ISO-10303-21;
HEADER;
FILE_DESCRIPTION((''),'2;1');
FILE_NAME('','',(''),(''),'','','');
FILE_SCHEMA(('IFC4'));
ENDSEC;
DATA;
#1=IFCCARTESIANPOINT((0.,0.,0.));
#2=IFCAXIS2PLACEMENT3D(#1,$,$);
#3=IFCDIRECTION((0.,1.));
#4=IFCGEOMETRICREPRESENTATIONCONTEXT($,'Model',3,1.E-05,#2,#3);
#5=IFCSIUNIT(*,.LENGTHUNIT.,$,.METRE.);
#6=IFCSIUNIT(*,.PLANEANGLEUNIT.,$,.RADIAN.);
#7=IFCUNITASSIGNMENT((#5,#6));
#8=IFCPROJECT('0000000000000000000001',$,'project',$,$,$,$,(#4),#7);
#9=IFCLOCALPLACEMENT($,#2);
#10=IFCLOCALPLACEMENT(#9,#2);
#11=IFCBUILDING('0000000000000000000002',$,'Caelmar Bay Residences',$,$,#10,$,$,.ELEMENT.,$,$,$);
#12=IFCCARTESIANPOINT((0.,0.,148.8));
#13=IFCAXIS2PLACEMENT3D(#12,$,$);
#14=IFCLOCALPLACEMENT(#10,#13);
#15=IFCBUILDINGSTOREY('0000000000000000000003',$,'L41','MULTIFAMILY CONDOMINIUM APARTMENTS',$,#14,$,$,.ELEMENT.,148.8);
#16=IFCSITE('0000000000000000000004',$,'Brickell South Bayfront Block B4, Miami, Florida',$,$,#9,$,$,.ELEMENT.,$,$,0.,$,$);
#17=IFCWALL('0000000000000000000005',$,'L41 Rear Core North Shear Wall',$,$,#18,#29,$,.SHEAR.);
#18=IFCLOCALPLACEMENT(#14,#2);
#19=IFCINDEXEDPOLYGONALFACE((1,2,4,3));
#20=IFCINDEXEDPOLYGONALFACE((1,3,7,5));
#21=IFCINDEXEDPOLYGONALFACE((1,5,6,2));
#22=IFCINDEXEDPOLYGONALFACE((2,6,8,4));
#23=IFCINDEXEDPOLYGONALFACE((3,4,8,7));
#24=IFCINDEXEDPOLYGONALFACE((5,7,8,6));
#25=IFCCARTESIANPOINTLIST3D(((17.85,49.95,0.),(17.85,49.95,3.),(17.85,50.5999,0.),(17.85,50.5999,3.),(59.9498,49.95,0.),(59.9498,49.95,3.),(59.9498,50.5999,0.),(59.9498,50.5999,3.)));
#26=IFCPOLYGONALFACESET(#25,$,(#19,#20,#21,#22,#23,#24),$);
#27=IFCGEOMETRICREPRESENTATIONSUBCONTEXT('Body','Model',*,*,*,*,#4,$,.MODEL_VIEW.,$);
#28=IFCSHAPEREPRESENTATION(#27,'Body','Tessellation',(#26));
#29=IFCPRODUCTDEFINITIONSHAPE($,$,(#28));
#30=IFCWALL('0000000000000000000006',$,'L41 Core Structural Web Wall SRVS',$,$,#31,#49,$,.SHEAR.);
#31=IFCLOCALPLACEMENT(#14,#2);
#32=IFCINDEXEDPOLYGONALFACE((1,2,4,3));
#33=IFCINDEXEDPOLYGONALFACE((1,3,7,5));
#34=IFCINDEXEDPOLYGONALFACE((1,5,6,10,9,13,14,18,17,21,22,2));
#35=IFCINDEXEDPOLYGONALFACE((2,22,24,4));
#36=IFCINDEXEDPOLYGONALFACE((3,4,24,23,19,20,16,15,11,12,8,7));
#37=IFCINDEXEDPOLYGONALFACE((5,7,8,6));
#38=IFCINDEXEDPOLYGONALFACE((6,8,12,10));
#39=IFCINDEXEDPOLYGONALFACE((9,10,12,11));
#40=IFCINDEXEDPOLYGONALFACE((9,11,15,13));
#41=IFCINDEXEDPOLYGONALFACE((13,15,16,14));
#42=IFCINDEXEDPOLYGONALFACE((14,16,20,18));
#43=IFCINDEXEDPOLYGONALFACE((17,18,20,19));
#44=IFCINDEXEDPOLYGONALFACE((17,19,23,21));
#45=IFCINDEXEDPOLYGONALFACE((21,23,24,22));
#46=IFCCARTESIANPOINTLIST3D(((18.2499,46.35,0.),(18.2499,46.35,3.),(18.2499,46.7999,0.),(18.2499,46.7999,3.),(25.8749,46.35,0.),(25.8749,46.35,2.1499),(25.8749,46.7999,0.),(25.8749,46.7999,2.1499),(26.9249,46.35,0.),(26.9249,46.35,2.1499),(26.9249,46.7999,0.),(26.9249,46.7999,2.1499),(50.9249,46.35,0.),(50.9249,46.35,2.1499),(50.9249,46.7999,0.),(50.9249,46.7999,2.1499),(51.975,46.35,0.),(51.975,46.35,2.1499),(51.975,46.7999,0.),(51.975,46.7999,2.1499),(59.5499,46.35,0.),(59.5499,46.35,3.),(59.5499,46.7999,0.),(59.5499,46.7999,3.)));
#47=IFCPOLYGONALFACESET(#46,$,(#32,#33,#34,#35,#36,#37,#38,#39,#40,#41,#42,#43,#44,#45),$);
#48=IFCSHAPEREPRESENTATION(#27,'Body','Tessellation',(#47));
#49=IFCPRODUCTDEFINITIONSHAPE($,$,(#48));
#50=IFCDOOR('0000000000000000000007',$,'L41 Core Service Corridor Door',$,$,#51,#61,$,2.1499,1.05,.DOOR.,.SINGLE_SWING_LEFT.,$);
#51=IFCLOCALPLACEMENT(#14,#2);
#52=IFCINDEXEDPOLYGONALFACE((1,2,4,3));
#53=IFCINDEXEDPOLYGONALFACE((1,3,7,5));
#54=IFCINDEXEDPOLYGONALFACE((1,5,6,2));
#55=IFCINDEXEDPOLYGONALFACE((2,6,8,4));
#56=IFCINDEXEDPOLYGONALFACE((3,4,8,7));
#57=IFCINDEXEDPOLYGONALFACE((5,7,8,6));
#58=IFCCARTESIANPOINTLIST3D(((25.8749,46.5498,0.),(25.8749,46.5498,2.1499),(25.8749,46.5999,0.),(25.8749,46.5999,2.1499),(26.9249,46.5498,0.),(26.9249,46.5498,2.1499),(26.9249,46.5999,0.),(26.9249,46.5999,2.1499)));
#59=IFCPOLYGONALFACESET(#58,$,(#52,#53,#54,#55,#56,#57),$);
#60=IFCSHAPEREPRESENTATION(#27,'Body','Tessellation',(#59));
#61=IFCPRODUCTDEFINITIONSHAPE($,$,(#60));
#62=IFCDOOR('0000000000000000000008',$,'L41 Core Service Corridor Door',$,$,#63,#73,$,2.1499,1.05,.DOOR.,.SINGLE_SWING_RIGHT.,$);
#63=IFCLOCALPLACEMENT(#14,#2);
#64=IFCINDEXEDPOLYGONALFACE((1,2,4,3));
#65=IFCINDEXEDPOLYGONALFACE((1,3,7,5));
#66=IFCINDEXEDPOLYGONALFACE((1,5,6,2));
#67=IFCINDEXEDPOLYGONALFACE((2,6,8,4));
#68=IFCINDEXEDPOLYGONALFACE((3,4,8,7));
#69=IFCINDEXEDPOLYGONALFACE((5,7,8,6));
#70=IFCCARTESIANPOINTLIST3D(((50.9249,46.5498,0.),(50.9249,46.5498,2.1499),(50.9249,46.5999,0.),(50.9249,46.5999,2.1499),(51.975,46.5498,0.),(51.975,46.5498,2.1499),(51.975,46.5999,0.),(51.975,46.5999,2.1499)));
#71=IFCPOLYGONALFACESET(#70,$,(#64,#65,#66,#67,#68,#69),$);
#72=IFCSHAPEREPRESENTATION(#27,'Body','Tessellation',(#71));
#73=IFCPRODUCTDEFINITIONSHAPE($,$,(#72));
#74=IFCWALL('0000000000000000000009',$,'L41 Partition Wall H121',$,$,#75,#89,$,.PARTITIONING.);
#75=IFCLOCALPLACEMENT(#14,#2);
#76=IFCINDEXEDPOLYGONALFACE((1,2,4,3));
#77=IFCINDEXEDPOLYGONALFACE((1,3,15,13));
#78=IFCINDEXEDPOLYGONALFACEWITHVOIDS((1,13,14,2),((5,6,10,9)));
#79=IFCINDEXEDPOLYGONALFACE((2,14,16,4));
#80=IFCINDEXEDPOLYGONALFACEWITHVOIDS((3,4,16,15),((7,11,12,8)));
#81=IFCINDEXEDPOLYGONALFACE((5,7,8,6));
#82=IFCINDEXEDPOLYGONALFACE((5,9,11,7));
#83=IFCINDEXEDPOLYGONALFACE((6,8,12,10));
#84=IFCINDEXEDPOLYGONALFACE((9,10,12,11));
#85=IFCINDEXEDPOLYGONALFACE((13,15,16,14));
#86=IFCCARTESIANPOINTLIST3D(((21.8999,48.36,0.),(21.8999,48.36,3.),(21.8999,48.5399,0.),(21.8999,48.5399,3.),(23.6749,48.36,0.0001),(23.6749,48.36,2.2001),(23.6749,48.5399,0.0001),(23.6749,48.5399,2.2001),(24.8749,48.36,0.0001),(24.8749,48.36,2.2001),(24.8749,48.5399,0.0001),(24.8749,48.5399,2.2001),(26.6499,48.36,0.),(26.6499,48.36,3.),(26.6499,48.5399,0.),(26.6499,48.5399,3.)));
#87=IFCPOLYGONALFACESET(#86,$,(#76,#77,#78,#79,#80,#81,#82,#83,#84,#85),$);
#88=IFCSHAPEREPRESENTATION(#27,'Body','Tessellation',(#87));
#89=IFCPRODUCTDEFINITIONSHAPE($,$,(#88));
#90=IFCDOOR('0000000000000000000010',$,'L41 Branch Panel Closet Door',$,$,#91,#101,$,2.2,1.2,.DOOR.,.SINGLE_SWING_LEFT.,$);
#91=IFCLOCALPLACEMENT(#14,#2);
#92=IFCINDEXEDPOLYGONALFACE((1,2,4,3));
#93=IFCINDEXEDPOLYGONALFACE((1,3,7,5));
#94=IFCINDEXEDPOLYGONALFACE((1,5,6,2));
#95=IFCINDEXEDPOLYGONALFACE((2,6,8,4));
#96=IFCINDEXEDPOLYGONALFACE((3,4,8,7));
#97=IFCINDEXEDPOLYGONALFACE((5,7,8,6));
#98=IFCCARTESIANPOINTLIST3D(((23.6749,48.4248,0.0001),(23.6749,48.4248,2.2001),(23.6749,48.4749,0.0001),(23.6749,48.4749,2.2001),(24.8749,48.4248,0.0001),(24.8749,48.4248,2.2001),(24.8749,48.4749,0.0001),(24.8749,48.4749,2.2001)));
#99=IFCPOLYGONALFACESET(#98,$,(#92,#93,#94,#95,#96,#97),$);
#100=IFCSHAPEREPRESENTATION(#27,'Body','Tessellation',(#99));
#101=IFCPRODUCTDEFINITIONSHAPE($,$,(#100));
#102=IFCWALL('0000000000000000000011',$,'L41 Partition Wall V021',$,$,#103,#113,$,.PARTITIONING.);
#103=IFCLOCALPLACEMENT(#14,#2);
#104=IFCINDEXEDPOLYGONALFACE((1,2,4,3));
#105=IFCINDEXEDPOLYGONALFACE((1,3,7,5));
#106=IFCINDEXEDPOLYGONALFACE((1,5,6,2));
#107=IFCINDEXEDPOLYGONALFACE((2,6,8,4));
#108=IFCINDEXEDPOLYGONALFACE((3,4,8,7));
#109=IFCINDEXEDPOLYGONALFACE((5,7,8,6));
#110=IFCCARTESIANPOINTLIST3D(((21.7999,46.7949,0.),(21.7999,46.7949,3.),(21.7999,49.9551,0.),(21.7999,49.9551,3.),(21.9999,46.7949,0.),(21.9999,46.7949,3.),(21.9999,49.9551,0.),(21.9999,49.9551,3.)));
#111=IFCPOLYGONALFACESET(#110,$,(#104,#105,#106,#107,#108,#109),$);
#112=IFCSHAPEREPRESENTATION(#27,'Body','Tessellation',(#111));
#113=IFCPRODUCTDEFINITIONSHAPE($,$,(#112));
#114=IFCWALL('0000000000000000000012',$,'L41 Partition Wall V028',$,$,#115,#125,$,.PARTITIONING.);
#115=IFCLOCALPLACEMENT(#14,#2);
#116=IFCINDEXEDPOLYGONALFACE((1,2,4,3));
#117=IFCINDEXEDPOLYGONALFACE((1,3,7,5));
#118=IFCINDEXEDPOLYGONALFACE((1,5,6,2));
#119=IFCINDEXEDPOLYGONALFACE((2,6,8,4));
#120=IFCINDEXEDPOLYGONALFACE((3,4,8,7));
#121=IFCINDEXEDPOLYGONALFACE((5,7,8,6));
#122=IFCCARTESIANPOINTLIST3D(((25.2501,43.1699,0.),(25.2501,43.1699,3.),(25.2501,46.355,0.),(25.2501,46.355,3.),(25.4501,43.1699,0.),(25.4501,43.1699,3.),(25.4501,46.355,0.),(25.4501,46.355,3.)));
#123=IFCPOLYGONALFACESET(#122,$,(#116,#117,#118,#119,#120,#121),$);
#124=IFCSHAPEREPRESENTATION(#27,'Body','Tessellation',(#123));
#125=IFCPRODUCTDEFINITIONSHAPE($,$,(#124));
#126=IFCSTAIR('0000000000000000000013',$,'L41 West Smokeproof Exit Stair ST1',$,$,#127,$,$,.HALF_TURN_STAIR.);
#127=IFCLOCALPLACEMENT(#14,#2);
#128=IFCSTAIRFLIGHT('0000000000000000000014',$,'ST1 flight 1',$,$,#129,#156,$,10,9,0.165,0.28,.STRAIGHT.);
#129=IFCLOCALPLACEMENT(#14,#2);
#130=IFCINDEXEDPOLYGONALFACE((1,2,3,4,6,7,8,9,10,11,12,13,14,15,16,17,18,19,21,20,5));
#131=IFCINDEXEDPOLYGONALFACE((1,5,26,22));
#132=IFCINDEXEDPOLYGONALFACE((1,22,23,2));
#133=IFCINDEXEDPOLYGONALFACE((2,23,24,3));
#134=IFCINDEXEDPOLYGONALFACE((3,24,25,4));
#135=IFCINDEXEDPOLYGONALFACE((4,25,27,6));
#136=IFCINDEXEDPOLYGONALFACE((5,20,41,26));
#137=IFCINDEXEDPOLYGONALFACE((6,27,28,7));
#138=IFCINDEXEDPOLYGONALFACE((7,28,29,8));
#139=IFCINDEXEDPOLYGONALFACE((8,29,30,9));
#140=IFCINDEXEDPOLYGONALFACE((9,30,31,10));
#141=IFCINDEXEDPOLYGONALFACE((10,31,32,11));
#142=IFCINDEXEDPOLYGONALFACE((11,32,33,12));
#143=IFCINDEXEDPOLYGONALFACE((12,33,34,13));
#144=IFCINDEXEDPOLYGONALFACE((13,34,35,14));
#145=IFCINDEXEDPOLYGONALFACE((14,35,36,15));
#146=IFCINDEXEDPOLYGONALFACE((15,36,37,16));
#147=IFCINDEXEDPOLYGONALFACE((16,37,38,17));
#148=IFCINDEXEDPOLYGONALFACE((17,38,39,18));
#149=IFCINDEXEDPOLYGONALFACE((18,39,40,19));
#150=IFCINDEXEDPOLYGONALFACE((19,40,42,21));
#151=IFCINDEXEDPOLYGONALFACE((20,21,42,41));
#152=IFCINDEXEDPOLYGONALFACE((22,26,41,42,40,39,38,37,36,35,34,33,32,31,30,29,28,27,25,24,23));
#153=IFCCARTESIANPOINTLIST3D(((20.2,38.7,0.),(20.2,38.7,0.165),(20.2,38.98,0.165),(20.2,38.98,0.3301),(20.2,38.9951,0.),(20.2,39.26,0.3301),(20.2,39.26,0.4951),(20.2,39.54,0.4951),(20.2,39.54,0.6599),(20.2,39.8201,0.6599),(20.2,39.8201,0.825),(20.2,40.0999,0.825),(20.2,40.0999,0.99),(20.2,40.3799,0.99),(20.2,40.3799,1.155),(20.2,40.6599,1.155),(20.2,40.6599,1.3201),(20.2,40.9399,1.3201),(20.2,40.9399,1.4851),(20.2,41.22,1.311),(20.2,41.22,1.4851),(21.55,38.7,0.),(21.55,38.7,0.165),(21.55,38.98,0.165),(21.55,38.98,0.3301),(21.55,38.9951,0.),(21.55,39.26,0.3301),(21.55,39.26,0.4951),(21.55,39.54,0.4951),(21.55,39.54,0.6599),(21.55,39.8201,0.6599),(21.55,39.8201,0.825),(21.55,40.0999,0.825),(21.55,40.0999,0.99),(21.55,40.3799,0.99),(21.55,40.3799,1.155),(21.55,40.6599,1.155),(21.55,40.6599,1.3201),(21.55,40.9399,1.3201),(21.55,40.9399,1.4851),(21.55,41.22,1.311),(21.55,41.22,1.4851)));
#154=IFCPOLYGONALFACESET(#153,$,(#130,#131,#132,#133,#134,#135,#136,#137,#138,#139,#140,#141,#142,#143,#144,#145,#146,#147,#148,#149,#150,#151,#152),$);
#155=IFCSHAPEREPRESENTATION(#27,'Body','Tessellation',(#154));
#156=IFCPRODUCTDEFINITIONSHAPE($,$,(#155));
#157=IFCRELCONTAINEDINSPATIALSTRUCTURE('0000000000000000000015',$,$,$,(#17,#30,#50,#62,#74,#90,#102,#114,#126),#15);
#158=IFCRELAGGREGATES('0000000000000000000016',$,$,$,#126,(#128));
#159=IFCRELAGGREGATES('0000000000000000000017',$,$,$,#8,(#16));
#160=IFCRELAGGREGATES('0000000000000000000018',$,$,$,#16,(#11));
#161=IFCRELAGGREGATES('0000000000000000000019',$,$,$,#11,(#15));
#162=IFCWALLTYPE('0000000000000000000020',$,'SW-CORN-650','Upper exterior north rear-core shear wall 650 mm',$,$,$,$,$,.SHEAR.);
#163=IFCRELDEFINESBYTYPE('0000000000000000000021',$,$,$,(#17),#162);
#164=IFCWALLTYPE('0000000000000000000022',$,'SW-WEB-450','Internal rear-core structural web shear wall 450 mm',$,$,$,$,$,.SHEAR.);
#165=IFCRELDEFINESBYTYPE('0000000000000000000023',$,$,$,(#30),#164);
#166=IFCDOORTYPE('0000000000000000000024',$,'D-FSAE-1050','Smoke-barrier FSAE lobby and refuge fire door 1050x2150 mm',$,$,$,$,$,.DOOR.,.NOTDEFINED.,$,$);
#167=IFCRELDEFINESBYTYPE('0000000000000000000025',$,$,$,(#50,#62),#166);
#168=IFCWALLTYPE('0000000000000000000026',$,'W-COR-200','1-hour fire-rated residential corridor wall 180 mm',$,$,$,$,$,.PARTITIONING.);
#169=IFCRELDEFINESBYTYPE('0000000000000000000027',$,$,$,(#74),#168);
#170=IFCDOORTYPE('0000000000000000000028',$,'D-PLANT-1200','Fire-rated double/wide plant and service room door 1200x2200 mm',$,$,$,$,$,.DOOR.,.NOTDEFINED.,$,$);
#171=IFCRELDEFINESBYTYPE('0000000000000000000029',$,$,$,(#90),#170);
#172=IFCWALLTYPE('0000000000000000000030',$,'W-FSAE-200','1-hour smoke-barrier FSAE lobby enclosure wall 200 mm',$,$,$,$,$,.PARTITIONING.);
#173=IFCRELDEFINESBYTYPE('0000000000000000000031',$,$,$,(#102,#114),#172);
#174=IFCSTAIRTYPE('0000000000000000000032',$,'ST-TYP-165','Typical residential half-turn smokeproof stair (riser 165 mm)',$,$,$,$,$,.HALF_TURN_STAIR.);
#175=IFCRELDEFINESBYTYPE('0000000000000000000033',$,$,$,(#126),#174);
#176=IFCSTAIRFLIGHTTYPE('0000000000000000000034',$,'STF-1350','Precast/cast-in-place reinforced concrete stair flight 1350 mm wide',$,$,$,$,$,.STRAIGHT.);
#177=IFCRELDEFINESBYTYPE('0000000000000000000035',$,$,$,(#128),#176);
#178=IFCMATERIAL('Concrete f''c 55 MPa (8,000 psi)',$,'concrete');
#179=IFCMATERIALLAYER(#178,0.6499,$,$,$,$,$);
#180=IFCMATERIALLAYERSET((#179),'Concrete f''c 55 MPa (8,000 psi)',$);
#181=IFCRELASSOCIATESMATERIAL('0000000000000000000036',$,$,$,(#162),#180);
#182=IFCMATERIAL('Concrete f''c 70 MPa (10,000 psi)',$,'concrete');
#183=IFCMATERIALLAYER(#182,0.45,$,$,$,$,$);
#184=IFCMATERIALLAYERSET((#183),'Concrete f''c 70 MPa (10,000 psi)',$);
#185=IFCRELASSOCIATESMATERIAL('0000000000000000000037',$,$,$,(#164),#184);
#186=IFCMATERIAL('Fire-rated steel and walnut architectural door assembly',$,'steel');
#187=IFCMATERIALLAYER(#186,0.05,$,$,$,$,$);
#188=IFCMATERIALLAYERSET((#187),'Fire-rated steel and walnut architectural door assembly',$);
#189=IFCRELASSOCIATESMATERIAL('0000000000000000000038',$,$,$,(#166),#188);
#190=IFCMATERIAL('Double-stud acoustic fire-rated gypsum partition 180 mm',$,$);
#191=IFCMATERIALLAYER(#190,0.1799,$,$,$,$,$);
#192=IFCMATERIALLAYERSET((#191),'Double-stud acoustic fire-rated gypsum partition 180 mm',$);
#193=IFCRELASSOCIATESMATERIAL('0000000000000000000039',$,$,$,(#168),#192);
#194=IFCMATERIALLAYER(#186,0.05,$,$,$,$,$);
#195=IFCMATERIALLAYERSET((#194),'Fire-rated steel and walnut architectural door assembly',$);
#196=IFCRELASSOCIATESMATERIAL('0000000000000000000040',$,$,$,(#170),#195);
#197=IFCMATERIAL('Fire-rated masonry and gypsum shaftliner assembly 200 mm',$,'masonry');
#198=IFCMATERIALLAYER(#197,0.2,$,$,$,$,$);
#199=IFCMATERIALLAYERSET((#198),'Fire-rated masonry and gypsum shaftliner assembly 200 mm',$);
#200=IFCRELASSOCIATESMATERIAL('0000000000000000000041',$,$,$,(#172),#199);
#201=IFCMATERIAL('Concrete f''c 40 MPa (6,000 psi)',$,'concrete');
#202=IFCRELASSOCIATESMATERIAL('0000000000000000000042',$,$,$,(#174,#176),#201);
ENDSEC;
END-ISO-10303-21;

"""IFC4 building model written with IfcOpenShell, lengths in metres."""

from ifc_helpers import new_model, si_unit, direction, frame, frame_2d, origin, place, context, subcontext, project, spatial, polyline, rectangle, outline, extrude, material, layer, layer_set, type_object, element, fill, aggregate, save


model = new_model("IFC4")

# Units and contexts
model_context = context("Model", 3, precision=1e-05, world=origin(), true_north=direction((0.0, 1.0)))
body_context = subcontext(model_context, "Body", "Model", "MODEL_VIEW")
ifc_project = project(units=[si_unit("LENGTHUNIT", "METRE"), si_unit("PLANEANGLEUNIT", "RADIAN")], contexts=[model_context])

# Site, building, storey
site_placement = place(None, origin())
site = spatial("IfcSite", under=ifc_project, at=site_placement, Name="Brickell South Bayfront Block B4, Miami, Florida", CompositionType="ELEMENT", RefElevation=0.0)
building_placement = place(site_placement, origin())
building = spatial("IfcBuilding", under=site, at=building_placement, Name="Caelmar Bay Residences", CompositionType="ELEMENT")
storey_placement = place(building_placement, frame((0.0, 0.0, 148.8)))
storey = spatial("IfcBuildingStorey", under=building, at=storey_placement, Name="L41", Description="MULTIFAMILY CONDOMINIUM APARTMENTS", CompositionType="ELEMENT", Elevation=148.8)

# Wall
ifc_material_1 = material(Name="Concrete f'c 55 MPa (8,000 psi)", Category="concrete")
ifc_layer_1 = layer(ifc_material_1, 0.6499)
ifc_layer_set_1 = layer_set([ifc_layer_1], Name="Concrete f'c 55 MPa (8,000 psi)")
wall_type_1 = type_object("IfcWallType", Name="SW-CORN-650", Description="Upper exterior north rear-core shear wall 650 mm", PredefinedType="SHEAR", material=ifc_layer_set_1)
wall_1_placement = place(storey_placement, frame((17.8501, 50.2749, 0.0), z_axis=(0.0, 0.0, 1.0), x_axis=(1.0, 0.0, 0.0)))
element("IfcWall", 1, at=wall_1_placement, inside=storey, type_object=wall_type_1, Name="L41 Rear Core North Shear Wall", PredefinedType="SHEAR", context=body_context, shape_type="SweptSolid", body=[
    extrude(rectangle(XDim=42.0999, YDim=0.6499, at=frame_2d((21.0498, 0.0))), origin(), (0.0, 0.0, 1.0), 3.0),
])

# Wall, openings, doors
ifc_material_2 = material(Name="Concrete f'c 70 MPa (10,000 psi)", Category="concrete")
ifc_layer_2 = layer(ifc_material_2, 0.45)
ifc_layer_set_2 = layer_set([ifc_layer_2], Name="Concrete f'c 70 MPa (10,000 psi)")
wall_type_2 = type_object("IfcWallType", Name="SW-WEB-450", Description="Internal rear-core structural web shear wall 450 mm", PredefinedType="SHEAR", material=ifc_layer_set_2)
ifc_material_3 = material(Name="Fire-rated steel and walnut architectural door assembly", Category="steel")
ifc_layer_3 = layer(ifc_material_3, 0.05)
ifc_layer_set_3 = layer_set([ifc_layer_3], Name="Fire-rated steel and walnut architectural door assembly")
door_type_1 = type_object("IfcDoorType", Name="D-FSAE-1050", Description="Smoke-barrier FSAE lobby and refuge fire door 1050x2150 mm", OperationType="NOTDEFINED", PredefinedType="DOOR", material=ifc_layer_set_3)
wall_2_placement = place(storey_placement, frame((18.25, 46.575, 0.0), z_axis=(0.0, 0.0, 1.0), x_axis=(1.0, 0.0, 0.0)))
wall_2 = element("IfcWall", 2, at=wall_2_placement, inside=storey, type_object=wall_type_2, Name="L41 Core Structural Web Wall SRVS", PredefinedType="SHEAR", context=body_context, shape_type="SweptSolid", body=[
    extrude(rectangle(XDim=41.3, YDim=0.45, at=frame_2d((20.6499, 0.0))), origin(), (0.0, 0.0, 1.0), 3.0),
])
opening_1_placement = place(wall_2_placement, frame((7.625, 0.0, 0.0)))
opening_1 = element("IfcOpeningElement", 3, at=opening_1_placement, cuts=wall_2, PredefinedType="OPENING", context=body_context, shape_type="SweptSolid", body=[
    extrude(rectangle(XDim=1.05, YDim=2.1499, at=frame_2d((0.5249, 1.075))), frame((0.0, 0.2349, 0.0), z_axis=(0.0, -1.0, 0.0), x_axis=(1.0, 0.0, 0.0)), (0.0, 0.0, 1.0), 0.47),
])
opening_2_placement = place(wall_2_placement, frame((32.675, 0.0, 0.0)))
opening_2 = element("IfcOpeningElement", 4, at=opening_2_placement, cuts=wall_2, PredefinedType="OPENING", context=body_context, shape_type="SweptSolid", body=[
    extrude(rectangle(XDim=1.05, YDim=2.1499, at=frame_2d((0.5249, 1.075))), frame((0.0, 0.2349, 0.0), z_axis=(0.0, -1.0, 0.0), x_axis=(1.0, 0.0, 0.0)), (0.0, 0.0, 1.0), 0.47),
])
door_1_placement = place(opening_1_placement, origin())
door_1 = element("IfcDoor", 5, at=door_1_placement, inside=storey, type_object=door_type_1, Name="L41 Core Service Corridor Door", OperationType="SINGLE_SWING_LEFT", OverallHeight=2.1499, OverallWidth=1.05, PredefinedType="DOOR", context=body_context, shape_type="SweptSolid", body=[
    extrude(rectangle(XDim=1.05, YDim=2.1499, at=frame_2d((0.5249, 1.075))), frame((0.0, 0.0249, 0.0), z_axis=(0.0, -1.0, 0.0), x_axis=(1.0, 0.0, 0.0)), (0.0, 0.0, 1.0), 0.05),
])
fill(opening_1, door_1)
door_2_placement = place(opening_2_placement, origin())
door_2 = element("IfcDoor", 6, at=door_2_placement, inside=storey, type_object=door_type_1, Name="L41 Core Service Corridor Door", OperationType="SINGLE_SWING_RIGHT", OverallHeight=2.1499, OverallWidth=1.05, PredefinedType="DOOR", context=body_context, shape_type="SweptSolid", body=[
    extrude(rectangle(XDim=1.05, YDim=2.1499, at=frame_2d((0.5249, 1.075))), frame((0.0, 0.0249, 0.0), z_axis=(0.0, -1.0, 0.0), x_axis=(1.0, 0.0, 0.0)), (0.0, 0.0, 1.0), 0.05),
])
fill(opening_2, door_2)

# Wall, opening, door
ifc_material_4 = material(Name="Double-stud acoustic fire-rated gypsum partition 180 mm")
ifc_layer_4 = layer(ifc_material_4, 0.1799)
ifc_layer_set_4 = layer_set([ifc_layer_4], Name="Double-stud acoustic fire-rated gypsum partition 180 mm")
wall_type_3 = type_object("IfcWallType", Name="W-COR-200", Description="1-hour fire-rated residential corridor wall 180 mm", PredefinedType="PARTITIONING", material=ifc_layer_set_4)
wall_3_placement = place(storey_placement, frame((21.8999, 48.45, 0.0), z_axis=(0.0, 0.0, 1.0), x_axis=(1.0, 0.0, 0.0)))
wall_3 = element("IfcWall", 7, at=wall_3_placement, inside=storey, type_object=wall_type_3, Name="L41 Partition Wall H121", PredefinedType="PARTITIONING", context=body_context, shape_type="SweptSolid", body=[
    extrude(rectangle(XDim=4.75, YDim=0.1799, at=frame_2d((2.375, 0.0))), origin(), (0.0, 0.0, 1.0), 3.0),
])
opening_3_placement = place(wall_3_placement, frame((1.7749, 0.0, 0.0)))
opening_3 = element("IfcOpeningElement", 8, at=opening_3_placement, cuts=wall_3, PredefinedType="OPENING", context=body_context, shape_type="SweptSolid", body=[
    extrude(rectangle(XDim=1.2, YDim=2.2, at=frame_2d((0.6001, 1.1001))), frame((0.0, 0.0999, 0.0), z_axis=(0.0, -1.0, 0.0), x_axis=(1.0, 0.0, 0.0)), (0.0, 0.0, 1.0), 0.2),
])
ifc_layer_5 = layer(ifc_material_3, 0.05)
ifc_layer_set_5 = layer_set([ifc_layer_5], Name="Fire-rated steel and walnut architectural door assembly")
door_type_2 = type_object("IfcDoorType", Name="D-PLANT-1200", Description="Fire-rated double/wide plant and service room door 1200x2200 mm", OperationType="NOTDEFINED", PredefinedType="DOOR", material=ifc_layer_set_5)
door_3_placement = place(opening_3_placement, origin())
door_3 = element("IfcDoor", 9, at=door_3_placement, inside=storey, type_object=door_type_2, Name="L41 Branch Panel Closet Door", OperationType="SINGLE_SWING_LEFT", OverallHeight=2.2, OverallWidth=1.2, PredefinedType="DOOR", context=body_context, shape_type="SweptSolid", body=[
    extrude(rectangle(XDim=1.2, YDim=2.2, at=frame_2d((0.6001, 1.1001))), frame((0.0, 0.0249, 0.0), z_axis=(0.0, -1.0, 0.0), x_axis=(1.0, 0.0, 0.0)), (0.0, 0.0, 1.0), 0.05),
])
fill(opening_3, door_3)

# Walls
ifc_material_5 = material(Name="Fire-rated masonry and gypsum shaftliner assembly 200 mm", Category="masonry")
ifc_layer_6 = layer(ifc_material_5, 0.2)
ifc_layer_set_6 = layer_set([ifc_layer_6], Name="Fire-rated masonry and gypsum shaftliner assembly 200 mm")
wall_type_4 = type_object("IfcWallType", Name="W-FSAE-200", Description="1-hour smoke-barrier FSAE lobby enclosure wall 200 mm", PredefinedType="PARTITIONING", material=ifc_layer_set_6)
wall_4_placement = place(storey_placement, frame((21.8999, 46.7949, 0.0), z_axis=(0.0, 0.0, 1.0), x_axis=(0.0, 1.0, 0.0)))
element("IfcWall", 10, at=wall_4_placement, inside=storey, type_object=wall_type_4, Name="L41 Partition Wall V021", PredefinedType="PARTITIONING", context=body_context, shape_type="SweptSolid", body=[
    extrude(rectangle(XDim=3.1602, YDim=0.2, at=frame_2d((1.5801, 0.0))), origin(), (0.0, 0.0, 1.0), 3.0),
])
wall_5_placement = place(storey_placement, frame((25.3501, 43.1699, 0.0), z_axis=(0.0, 0.0, 1.0), x_axis=(0.0, 1.0, 0.0)))
element("IfcWall", 11, at=wall_5_placement, inside=storey, type_object=wall_type_4, Name="L41 Partition Wall V028", PredefinedType="PARTITIONING", context=body_context, shape_type="SweptSolid", body=[
    extrude(rectangle(XDim=3.1851, YDim=0.2, at=frame_2d((1.5925, 0.0))), origin(), (0.0, 0.0, 1.0), 3.0),
])

# Stair, stair flight
ifc_material_6 = material(Name="Concrete f'c 40 MPa (6,000 psi)", Category="concrete")
stair_type = type_object("IfcStairType", Name="ST-TYP-165", Description="Typical residential half-turn smokeproof stair (riser 165 mm)", PredefinedType="HALF_TURN_STAIR", material=ifc_material_6)
stair_placement = place(storey_placement, origin())
stair = element("IfcStair", 12, at=stair_placement, inside=storey, type_object=stair_type, Name="L41 West Smokeproof Exit Stair ST1", PredefinedType="HALF_TURN_STAIR")
stair_flight_type = type_object("IfcStairFlightType", Name="STF-1350", Description="Precast/cast-in-place reinforced concrete stair flight 1350 mm wide", PredefinedType="STRAIGHT", material=ifc_material_6)
stair_flight_1_placement = place(storey_placement, frame((20.875, 38.7, 0.0), z_axis=(0.0, 0.0, 1.0), x_axis=(0.0, 1.0, 0.0)))
stair_flight_1 = element("IfcStairFlight", 13, at=stair_flight_1_placement, type_object=stair_flight_type, Name="ST1 flight 1", NumberOfRisers=10, NumberOfTreads=9, PredefinedType="STRAIGHT", RiserHeight=0.165, TreadLength=0.28, context=body_context, shape_type="SweptSolid", body=[
    extrude(outline(polyline([(0.0, 0.0), (0.0, 0.165), (0.28, 0.165), (0.28, 0.3301), (0.5601, 0.3301), (0.5601, 0.4951), (0.8401, 0.4951), (0.8401, 0.6599), (1.1201, 0.6599), (1.1201, 0.825), (1.3999, 0.825), (1.3999, 0.99), (1.6799, 0.99), (1.6799, 1.155), (1.96, 1.155), (1.96, 1.3201), (2.24, 1.3201), (2.24, 1.4851), (2.52, 1.4851), (2.52, 1.6499), (2.52, 1.311), (0.2952, 0.0), (0.0, 0.0)])), frame((0.0, 0.675, 0.0), z_axis=(0.0, -1.0, 0.0), x_axis=(1.0, 0.0, 0.0)), (0.0, 0.0, 1.0), 1.3501),
])
aggregate(stair, [stair_flight_1])

save(model, "model.ifc")
